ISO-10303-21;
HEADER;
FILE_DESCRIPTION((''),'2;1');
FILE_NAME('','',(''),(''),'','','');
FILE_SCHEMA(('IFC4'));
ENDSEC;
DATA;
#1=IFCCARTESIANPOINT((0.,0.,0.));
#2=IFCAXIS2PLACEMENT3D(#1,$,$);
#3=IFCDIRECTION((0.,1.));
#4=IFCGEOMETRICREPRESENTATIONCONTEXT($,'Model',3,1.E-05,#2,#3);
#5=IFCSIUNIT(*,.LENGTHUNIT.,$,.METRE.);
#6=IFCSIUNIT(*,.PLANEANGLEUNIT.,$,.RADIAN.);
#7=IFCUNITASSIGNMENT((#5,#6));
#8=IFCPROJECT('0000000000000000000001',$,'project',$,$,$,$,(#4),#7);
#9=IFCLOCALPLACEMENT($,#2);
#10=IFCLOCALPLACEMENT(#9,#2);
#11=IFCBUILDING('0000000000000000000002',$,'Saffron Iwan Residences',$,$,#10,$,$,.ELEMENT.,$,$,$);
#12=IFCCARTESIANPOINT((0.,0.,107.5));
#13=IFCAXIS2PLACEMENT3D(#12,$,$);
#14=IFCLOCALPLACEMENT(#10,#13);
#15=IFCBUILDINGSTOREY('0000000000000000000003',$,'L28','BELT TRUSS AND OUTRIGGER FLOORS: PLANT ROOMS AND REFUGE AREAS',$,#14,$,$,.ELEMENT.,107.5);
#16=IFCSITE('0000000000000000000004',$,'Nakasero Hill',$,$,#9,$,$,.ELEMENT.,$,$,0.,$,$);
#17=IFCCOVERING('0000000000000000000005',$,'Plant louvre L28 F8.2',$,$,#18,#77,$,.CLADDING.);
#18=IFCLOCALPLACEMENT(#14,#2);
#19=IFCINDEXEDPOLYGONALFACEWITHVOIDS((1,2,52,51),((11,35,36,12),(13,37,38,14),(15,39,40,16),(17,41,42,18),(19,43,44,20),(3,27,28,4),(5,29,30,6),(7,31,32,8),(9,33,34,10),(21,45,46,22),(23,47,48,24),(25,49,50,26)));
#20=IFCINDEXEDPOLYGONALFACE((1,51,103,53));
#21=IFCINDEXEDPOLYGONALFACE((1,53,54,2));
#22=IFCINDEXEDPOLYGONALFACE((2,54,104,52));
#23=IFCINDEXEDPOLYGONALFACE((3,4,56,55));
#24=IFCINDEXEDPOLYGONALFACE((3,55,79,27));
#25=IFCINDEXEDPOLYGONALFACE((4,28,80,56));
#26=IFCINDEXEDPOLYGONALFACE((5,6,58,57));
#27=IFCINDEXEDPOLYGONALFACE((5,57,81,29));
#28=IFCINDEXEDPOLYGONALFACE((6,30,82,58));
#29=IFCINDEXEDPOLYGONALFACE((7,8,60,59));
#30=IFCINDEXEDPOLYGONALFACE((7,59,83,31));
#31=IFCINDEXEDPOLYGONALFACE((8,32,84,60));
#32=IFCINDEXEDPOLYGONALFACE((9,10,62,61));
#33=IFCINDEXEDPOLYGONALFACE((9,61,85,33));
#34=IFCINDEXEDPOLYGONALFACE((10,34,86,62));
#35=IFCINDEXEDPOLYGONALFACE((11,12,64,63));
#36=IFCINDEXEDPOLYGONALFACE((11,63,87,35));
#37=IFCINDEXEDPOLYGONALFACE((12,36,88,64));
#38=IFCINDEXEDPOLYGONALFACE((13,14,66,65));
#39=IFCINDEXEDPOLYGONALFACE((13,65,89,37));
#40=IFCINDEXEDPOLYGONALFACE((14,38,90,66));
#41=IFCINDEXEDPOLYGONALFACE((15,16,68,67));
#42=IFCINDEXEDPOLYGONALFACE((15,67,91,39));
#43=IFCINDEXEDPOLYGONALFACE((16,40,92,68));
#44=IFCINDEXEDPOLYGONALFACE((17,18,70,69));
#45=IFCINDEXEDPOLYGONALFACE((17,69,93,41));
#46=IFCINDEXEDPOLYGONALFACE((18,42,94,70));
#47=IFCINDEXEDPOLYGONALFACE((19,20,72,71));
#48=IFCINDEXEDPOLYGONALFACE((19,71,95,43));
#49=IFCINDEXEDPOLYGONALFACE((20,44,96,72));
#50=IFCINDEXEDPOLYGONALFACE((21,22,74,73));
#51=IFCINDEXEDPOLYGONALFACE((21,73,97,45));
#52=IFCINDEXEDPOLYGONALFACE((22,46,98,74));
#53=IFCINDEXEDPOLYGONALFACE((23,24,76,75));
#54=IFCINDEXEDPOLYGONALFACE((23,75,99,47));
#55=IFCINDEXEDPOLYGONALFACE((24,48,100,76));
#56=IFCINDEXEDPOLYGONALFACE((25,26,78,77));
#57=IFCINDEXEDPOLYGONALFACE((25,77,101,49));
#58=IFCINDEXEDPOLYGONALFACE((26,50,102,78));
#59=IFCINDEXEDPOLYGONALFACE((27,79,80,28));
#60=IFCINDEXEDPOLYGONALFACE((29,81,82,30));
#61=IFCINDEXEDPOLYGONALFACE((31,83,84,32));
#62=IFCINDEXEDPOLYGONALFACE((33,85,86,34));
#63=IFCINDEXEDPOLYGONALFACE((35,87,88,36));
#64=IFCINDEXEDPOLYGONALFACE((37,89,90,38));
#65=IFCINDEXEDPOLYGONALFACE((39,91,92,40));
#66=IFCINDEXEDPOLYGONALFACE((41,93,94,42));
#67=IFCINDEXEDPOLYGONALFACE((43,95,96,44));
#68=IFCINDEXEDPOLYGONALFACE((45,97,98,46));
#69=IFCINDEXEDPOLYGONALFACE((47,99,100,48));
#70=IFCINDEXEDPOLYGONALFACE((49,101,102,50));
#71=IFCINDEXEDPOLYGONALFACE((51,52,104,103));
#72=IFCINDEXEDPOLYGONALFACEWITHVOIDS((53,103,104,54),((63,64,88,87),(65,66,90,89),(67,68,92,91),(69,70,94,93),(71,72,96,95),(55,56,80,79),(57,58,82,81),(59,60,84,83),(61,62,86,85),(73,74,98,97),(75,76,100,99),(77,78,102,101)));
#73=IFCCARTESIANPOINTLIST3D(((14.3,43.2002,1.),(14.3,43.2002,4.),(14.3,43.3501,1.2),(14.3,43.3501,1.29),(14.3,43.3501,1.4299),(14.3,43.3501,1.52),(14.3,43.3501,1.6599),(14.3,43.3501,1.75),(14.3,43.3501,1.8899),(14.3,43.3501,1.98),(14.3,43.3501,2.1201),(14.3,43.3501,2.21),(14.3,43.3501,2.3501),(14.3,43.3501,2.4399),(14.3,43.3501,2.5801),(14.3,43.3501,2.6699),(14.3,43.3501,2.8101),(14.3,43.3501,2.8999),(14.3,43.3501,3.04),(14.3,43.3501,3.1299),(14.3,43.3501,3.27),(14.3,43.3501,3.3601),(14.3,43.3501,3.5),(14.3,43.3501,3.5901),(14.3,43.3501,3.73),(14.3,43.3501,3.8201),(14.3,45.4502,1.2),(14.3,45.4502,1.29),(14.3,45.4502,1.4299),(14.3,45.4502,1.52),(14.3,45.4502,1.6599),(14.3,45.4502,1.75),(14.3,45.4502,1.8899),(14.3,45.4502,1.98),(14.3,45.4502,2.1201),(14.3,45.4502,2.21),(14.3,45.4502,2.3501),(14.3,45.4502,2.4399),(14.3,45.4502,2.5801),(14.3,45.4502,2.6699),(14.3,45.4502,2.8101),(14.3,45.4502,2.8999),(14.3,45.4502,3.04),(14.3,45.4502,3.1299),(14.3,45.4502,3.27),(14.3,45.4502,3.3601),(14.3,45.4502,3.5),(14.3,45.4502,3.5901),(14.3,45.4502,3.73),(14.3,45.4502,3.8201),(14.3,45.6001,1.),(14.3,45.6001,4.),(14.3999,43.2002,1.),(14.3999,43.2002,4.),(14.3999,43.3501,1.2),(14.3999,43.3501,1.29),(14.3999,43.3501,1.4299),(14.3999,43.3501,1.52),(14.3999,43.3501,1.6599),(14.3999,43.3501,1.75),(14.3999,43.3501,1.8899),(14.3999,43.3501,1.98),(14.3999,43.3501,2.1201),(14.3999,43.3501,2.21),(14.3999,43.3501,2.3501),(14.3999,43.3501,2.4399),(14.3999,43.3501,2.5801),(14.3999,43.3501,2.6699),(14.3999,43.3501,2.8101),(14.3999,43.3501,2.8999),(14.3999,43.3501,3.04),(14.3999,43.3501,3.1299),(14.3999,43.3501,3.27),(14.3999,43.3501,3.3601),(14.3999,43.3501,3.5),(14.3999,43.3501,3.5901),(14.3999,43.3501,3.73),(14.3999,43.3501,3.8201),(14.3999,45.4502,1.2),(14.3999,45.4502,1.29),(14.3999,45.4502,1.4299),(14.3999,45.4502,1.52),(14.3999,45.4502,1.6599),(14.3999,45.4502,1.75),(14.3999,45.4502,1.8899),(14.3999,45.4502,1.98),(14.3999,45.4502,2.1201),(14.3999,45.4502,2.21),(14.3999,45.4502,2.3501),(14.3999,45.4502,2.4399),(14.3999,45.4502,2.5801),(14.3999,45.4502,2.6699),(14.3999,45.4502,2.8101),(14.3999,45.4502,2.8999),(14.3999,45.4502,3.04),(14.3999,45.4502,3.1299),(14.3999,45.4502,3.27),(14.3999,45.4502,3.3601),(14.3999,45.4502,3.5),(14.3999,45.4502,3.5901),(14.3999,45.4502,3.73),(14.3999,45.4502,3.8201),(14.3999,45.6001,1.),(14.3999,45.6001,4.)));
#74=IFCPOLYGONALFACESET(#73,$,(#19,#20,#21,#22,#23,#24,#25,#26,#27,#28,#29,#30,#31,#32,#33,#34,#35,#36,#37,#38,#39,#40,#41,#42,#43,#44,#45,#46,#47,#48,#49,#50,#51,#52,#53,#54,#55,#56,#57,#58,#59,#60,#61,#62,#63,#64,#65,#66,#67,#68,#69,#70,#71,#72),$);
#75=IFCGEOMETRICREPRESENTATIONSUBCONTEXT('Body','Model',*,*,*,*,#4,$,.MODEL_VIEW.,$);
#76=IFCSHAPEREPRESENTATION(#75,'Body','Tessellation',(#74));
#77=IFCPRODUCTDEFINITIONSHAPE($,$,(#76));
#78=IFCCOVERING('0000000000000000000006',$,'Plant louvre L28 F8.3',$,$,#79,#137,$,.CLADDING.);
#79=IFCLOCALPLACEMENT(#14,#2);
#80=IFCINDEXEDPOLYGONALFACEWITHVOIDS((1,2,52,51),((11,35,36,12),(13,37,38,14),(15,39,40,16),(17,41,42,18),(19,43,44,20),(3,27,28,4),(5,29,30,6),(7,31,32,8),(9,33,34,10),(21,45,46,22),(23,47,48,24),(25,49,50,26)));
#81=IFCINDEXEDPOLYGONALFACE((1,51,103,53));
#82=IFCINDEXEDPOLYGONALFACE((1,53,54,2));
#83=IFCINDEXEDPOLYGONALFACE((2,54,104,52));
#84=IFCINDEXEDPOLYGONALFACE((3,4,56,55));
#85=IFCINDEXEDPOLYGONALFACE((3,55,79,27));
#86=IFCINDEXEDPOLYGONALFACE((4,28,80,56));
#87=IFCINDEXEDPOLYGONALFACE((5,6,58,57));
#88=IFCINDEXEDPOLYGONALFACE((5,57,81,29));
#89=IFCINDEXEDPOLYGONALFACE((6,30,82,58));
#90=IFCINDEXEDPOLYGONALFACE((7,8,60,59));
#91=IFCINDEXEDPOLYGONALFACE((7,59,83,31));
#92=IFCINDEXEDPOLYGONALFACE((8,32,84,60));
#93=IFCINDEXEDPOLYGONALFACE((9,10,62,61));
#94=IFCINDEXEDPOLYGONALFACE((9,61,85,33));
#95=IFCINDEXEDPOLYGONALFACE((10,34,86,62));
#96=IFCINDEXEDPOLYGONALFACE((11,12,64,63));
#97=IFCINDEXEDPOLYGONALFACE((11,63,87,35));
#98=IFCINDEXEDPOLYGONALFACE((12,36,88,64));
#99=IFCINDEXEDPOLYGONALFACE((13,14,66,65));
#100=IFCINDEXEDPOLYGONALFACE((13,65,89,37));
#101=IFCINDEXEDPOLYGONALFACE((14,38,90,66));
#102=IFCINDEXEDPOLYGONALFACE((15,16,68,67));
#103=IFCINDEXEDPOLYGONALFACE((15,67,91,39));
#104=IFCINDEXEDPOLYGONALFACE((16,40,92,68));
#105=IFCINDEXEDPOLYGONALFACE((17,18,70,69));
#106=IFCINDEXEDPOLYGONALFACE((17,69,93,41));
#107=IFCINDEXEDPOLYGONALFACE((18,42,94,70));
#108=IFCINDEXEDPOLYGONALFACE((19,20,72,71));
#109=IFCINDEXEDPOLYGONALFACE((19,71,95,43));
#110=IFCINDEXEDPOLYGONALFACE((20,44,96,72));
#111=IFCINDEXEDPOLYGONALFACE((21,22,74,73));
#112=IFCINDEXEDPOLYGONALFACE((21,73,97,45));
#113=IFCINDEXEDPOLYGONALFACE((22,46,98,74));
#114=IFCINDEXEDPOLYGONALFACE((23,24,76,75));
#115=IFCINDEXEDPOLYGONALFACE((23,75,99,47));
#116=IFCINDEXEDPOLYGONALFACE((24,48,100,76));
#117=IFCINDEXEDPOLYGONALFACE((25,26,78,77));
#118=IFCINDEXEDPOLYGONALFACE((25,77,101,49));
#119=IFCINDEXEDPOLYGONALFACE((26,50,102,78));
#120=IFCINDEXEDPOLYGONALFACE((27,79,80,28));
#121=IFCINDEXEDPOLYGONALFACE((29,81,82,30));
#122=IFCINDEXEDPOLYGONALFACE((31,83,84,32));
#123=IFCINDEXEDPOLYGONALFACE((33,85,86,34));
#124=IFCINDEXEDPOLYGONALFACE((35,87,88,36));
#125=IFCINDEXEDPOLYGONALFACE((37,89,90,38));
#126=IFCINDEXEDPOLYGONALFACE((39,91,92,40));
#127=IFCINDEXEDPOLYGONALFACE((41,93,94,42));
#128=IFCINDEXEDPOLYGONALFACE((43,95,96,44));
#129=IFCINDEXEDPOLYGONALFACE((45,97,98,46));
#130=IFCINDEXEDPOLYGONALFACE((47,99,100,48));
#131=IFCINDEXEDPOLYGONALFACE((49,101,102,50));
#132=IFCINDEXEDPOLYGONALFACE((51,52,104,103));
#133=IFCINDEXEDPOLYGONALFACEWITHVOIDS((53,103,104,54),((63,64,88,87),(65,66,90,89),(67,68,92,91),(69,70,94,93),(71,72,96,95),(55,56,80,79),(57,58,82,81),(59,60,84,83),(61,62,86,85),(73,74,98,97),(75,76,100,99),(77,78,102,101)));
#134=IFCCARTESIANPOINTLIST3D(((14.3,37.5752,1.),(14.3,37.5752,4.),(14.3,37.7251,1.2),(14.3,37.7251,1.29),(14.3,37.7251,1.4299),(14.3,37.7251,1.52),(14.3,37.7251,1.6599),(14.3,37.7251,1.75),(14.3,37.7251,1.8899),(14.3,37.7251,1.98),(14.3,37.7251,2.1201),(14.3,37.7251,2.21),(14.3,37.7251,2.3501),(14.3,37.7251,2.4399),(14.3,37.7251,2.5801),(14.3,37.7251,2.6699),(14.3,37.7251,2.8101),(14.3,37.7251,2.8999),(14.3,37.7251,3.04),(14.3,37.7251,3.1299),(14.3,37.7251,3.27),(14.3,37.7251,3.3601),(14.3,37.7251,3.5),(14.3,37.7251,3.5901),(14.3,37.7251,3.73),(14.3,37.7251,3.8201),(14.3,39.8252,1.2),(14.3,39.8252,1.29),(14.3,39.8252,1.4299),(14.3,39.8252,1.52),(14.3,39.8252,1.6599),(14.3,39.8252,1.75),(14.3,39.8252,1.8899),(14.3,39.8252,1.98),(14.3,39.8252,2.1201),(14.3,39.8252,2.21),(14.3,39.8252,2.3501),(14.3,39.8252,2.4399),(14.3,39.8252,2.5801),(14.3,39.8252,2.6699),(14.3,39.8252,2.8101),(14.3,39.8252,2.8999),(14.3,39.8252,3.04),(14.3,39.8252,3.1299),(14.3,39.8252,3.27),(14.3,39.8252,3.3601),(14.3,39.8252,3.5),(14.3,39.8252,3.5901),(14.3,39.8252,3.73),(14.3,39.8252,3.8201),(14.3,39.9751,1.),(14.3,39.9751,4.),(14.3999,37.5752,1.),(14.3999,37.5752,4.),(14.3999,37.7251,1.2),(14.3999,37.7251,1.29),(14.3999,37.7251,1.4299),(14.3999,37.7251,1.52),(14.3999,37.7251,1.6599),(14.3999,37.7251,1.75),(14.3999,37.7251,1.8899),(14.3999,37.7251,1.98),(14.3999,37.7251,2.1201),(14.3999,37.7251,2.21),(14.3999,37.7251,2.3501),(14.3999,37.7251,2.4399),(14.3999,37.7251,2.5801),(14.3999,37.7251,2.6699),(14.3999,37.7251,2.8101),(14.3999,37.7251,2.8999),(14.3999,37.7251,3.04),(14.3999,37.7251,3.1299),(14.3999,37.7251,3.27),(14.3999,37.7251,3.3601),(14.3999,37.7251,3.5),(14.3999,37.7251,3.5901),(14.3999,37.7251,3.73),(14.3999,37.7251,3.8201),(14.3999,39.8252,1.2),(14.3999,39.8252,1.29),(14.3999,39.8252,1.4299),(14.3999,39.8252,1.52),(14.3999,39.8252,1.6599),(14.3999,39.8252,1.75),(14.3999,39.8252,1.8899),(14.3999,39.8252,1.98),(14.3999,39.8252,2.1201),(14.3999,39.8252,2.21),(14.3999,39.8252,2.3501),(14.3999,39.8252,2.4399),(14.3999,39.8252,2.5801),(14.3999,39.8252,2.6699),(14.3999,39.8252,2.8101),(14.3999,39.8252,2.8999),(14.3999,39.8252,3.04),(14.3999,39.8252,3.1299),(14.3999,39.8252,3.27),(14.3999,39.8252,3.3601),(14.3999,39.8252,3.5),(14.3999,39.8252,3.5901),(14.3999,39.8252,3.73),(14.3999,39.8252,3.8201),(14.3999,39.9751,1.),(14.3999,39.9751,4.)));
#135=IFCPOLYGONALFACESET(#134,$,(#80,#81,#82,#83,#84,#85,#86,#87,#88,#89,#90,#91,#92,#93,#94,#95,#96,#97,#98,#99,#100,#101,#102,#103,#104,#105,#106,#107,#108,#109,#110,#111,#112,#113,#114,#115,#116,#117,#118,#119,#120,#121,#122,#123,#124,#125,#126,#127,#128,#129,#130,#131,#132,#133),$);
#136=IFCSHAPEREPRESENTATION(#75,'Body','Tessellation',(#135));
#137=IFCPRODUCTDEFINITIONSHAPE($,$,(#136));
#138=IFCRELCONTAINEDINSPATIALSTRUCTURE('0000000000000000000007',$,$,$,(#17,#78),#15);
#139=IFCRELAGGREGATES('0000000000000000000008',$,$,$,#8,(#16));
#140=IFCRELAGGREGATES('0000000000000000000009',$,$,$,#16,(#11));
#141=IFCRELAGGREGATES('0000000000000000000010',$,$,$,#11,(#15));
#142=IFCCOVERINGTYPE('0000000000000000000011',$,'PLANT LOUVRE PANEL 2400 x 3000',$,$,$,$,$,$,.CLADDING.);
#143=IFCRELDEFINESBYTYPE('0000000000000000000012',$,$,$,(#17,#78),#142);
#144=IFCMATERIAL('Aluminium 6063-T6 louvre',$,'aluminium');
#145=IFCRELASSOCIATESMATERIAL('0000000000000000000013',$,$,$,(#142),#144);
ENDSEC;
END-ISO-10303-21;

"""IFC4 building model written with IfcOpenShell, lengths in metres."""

from ifc_helpers import new_model, si_unit, direction, frame, origin, place, context, subcontext, project, spatial, polyline, outline, extrude, material, type_object, element, save


model = new_model("IFC4")

# Units and contexts
model_context = context("Model", 3, precision=1e-05, world=origin(), true_north=direction((0.0, 1.0)))
body_context = subcontext(model_context, "Body", "Model", "MODEL_VIEW")
ifc_project = project(units=[si_unit("LENGTHUNIT", "METRE"), si_unit("PLANEANGLEUNIT", "RADIAN")], contexts=[model_context])

# Site, building, storey
site_placement = place(None, origin())
site = spatial("IfcSite", under=ifc_project, at=site_placement, Name="Nakasero Hill", CompositionType="ELEMENT", RefElevation=0.0)
building_placement = place(site_placement, origin())
building = spatial("IfcBuilding", under=site, at=building_placement, Name="Saffron Iwan Residences", CompositionType="ELEMENT")
storey_placement = place(building_placement, frame((0.0, 0.0, 107.5)))
storey = spatial("IfcBuildingStorey", under=building, at=storey_placement, Name="L28", Description="BELT TRUSS AND OUTRIGGER FLOORS: PLANT ROOMS AND REFUGE AREAS", CompositionType="ELEMENT", Elevation=107.5)

# Coverings
ifc_material_1 = material(Name="Aluminium 6063-T6 louvre", Category="aluminium")
covering_type_1 = type_object("IfcCoveringType", Name="PLANT LOUVRE PANEL 2400 x 3000", PredefinedType="CLADDING", material=ifc_material_1)
covering_1_placement = place(storey_placement, frame((14.3999, 45.6001, 1.0), z_axis=(-1.0, 0.0, 0.0), x_axis=(0.0, -1.0, 0.0)))
element("IfcCovering", 1, at=covering_1_placement, inside=storey, type_object=covering_type_1, Name="Plant louvre L28 F8.2", PredefinedType="CLADDING", context=body_context, shape_type="SweptSolid", body=[
    extrude(outline(polyline([(0.0, 0.0), (2.3999, 0.0), (2.3999, 3.0), (0.0, 3.0), (0.0, 0.0)]), holes=[polyline([(0.1499, 0.2), (2.25, 0.2), (2.25, 0.29), (0.1499, 0.29), (0.1499, 0.2)]), polyline([(0.1499, 0.4299), (2.25, 0.4299), (2.25, 0.52), (0.1499, 0.52), (0.1499, 0.4299)]), polyline([(0.1499, 0.6599), (2.25, 0.6599), (2.25, 0.75), (0.1499, 0.75), (0.1499, 0.6599)]), polyline([(0.1499, 0.8899), (2.25, 0.8899), (2.25, 0.98), (0.1499, 0.98), (0.1499, 0.8899)]), polyline([(0.1499, 1.1201), (2.25, 1.1201), (2.25, 1.21), (0.1499, 1.21), (0.1499, 1.1201)]), polyline([(0.1499, 1.3501), (2.25, 1.3501), (2.25, 1.4399), (0.1499, 1.4399), (0.1499, 1.3501)]), polyline([(0.1499, 1.5801), (2.25, 1.5801), (2.25, 1.6699), (0.1499, 1.6699), (0.1499, 1.5801)]), polyline([(0.1499, 1.8101), (2.25, 1.8101), (2.25, 1.8999), (0.1499, 1.8999), (0.1499, 1.8101)]), polyline([(0.1499, 2.04), (2.25, 2.04), (2.25, 2.1299), (0.1499, 2.1299), (0.1499, 2.04)]), polyline([(0.1499, 2.27), (2.25, 2.27), (2.25, 2.3601), (0.1499, 2.3601), (0.1499, 2.27)]), polyline([(0.1499, 2.5), (2.25, 2.5), (2.25, 2.5901), (0.1499, 2.5901), (0.1499, 2.5)]), polyline([(0.1499, 2.73), (2.25, 2.73), (2.25, 2.8201), (0.1499, 2.8201), (0.1499, 2.73)])]), origin(), (0.0, 0.0, 1.0), 0.0999),
])
covering_2_placement = place(storey_placement, frame((14.3999, 39.9751, 1.0), z_axis=(-1.0, 0.0, 0.0), x_axis=(0.0, -1.0, 0.0)))
element("IfcCovering", 2, at=covering_2_placement, inside=storey, type_object=covering_type_1, Name="Plant louvre L28 F8.3", PredefinedType="CLADDING", context=body_context, shape_type="SweptSolid", body=[
    extrude(outline(polyline([(0.0, 0.0), (2.3999, 0.0), (2.3999, 3.0), (0.0, 3.0), (0.0, 0.0)]), holes=[polyline([(0.1499, 0.2), (2.25, 0.2), (2.25, 0.29), (0.1499, 0.29), (0.1499, 0.2)]), polyline([(0.1499, 0.4299), (2.25, 0.4299), (2.25, 0.52), (0.1499, 0.52), (0.1499, 0.4299)]), polyline([(0.1499, 0.6599), (2.25, 0.6599), (2.25, 0.75), (0.1499, 0.75), (0.1499, 0.6599)]), polyline([(0.1499, 0.8899), (2.25, 0.8899), (2.25, 0.98), (0.1499, 0.98), (0.1499, 0.8899)]), polyline([(0.1499, 1.1201), (2.25, 1.1201), (2.25, 1.21), (0.1499, 1.21), (0.1499, 1.1201)]), polyline([(0.1499, 1.3501), (2.25, 1.3501), (2.25, 1.4399), (0.1499, 1.4399), (0.1499, 1.3501)]), polyline([(0.1499, 1.5801), (2.25, 1.5801), (2.25, 1.6699), (0.1499, 1.6699), (0.1499, 1.5801)]), polyline([(0.1499, 1.8101), (2.25, 1.8101), (2.25, 1.8999), (0.1499, 1.8999), (0.1499, 1.8101)]), polyline([(0.1499, 2.04), (2.25, 2.04), (2.25, 2.1299), (0.1499, 2.1299), (0.1499, 2.04)]), polyline([(0.1499, 2.27), (2.25, 2.27), (2.25, 2.3601), (0.1499, 2.3601), (0.1499, 2.27)]), polyline([(0.1499, 2.5), (2.25, 2.5), (2.25, 2.5901), (0.1499, 2.5901), (0.1499, 2.5)]), polyline([(0.1499, 2.73), (2.25, 2.73), (2.25, 2.8201), (0.1499, 2.8201), (0.1499, 2.73)])]), origin(), (0.0, 0.0, 1.0), 0.0999),
])

save(model, "model.ifc")
